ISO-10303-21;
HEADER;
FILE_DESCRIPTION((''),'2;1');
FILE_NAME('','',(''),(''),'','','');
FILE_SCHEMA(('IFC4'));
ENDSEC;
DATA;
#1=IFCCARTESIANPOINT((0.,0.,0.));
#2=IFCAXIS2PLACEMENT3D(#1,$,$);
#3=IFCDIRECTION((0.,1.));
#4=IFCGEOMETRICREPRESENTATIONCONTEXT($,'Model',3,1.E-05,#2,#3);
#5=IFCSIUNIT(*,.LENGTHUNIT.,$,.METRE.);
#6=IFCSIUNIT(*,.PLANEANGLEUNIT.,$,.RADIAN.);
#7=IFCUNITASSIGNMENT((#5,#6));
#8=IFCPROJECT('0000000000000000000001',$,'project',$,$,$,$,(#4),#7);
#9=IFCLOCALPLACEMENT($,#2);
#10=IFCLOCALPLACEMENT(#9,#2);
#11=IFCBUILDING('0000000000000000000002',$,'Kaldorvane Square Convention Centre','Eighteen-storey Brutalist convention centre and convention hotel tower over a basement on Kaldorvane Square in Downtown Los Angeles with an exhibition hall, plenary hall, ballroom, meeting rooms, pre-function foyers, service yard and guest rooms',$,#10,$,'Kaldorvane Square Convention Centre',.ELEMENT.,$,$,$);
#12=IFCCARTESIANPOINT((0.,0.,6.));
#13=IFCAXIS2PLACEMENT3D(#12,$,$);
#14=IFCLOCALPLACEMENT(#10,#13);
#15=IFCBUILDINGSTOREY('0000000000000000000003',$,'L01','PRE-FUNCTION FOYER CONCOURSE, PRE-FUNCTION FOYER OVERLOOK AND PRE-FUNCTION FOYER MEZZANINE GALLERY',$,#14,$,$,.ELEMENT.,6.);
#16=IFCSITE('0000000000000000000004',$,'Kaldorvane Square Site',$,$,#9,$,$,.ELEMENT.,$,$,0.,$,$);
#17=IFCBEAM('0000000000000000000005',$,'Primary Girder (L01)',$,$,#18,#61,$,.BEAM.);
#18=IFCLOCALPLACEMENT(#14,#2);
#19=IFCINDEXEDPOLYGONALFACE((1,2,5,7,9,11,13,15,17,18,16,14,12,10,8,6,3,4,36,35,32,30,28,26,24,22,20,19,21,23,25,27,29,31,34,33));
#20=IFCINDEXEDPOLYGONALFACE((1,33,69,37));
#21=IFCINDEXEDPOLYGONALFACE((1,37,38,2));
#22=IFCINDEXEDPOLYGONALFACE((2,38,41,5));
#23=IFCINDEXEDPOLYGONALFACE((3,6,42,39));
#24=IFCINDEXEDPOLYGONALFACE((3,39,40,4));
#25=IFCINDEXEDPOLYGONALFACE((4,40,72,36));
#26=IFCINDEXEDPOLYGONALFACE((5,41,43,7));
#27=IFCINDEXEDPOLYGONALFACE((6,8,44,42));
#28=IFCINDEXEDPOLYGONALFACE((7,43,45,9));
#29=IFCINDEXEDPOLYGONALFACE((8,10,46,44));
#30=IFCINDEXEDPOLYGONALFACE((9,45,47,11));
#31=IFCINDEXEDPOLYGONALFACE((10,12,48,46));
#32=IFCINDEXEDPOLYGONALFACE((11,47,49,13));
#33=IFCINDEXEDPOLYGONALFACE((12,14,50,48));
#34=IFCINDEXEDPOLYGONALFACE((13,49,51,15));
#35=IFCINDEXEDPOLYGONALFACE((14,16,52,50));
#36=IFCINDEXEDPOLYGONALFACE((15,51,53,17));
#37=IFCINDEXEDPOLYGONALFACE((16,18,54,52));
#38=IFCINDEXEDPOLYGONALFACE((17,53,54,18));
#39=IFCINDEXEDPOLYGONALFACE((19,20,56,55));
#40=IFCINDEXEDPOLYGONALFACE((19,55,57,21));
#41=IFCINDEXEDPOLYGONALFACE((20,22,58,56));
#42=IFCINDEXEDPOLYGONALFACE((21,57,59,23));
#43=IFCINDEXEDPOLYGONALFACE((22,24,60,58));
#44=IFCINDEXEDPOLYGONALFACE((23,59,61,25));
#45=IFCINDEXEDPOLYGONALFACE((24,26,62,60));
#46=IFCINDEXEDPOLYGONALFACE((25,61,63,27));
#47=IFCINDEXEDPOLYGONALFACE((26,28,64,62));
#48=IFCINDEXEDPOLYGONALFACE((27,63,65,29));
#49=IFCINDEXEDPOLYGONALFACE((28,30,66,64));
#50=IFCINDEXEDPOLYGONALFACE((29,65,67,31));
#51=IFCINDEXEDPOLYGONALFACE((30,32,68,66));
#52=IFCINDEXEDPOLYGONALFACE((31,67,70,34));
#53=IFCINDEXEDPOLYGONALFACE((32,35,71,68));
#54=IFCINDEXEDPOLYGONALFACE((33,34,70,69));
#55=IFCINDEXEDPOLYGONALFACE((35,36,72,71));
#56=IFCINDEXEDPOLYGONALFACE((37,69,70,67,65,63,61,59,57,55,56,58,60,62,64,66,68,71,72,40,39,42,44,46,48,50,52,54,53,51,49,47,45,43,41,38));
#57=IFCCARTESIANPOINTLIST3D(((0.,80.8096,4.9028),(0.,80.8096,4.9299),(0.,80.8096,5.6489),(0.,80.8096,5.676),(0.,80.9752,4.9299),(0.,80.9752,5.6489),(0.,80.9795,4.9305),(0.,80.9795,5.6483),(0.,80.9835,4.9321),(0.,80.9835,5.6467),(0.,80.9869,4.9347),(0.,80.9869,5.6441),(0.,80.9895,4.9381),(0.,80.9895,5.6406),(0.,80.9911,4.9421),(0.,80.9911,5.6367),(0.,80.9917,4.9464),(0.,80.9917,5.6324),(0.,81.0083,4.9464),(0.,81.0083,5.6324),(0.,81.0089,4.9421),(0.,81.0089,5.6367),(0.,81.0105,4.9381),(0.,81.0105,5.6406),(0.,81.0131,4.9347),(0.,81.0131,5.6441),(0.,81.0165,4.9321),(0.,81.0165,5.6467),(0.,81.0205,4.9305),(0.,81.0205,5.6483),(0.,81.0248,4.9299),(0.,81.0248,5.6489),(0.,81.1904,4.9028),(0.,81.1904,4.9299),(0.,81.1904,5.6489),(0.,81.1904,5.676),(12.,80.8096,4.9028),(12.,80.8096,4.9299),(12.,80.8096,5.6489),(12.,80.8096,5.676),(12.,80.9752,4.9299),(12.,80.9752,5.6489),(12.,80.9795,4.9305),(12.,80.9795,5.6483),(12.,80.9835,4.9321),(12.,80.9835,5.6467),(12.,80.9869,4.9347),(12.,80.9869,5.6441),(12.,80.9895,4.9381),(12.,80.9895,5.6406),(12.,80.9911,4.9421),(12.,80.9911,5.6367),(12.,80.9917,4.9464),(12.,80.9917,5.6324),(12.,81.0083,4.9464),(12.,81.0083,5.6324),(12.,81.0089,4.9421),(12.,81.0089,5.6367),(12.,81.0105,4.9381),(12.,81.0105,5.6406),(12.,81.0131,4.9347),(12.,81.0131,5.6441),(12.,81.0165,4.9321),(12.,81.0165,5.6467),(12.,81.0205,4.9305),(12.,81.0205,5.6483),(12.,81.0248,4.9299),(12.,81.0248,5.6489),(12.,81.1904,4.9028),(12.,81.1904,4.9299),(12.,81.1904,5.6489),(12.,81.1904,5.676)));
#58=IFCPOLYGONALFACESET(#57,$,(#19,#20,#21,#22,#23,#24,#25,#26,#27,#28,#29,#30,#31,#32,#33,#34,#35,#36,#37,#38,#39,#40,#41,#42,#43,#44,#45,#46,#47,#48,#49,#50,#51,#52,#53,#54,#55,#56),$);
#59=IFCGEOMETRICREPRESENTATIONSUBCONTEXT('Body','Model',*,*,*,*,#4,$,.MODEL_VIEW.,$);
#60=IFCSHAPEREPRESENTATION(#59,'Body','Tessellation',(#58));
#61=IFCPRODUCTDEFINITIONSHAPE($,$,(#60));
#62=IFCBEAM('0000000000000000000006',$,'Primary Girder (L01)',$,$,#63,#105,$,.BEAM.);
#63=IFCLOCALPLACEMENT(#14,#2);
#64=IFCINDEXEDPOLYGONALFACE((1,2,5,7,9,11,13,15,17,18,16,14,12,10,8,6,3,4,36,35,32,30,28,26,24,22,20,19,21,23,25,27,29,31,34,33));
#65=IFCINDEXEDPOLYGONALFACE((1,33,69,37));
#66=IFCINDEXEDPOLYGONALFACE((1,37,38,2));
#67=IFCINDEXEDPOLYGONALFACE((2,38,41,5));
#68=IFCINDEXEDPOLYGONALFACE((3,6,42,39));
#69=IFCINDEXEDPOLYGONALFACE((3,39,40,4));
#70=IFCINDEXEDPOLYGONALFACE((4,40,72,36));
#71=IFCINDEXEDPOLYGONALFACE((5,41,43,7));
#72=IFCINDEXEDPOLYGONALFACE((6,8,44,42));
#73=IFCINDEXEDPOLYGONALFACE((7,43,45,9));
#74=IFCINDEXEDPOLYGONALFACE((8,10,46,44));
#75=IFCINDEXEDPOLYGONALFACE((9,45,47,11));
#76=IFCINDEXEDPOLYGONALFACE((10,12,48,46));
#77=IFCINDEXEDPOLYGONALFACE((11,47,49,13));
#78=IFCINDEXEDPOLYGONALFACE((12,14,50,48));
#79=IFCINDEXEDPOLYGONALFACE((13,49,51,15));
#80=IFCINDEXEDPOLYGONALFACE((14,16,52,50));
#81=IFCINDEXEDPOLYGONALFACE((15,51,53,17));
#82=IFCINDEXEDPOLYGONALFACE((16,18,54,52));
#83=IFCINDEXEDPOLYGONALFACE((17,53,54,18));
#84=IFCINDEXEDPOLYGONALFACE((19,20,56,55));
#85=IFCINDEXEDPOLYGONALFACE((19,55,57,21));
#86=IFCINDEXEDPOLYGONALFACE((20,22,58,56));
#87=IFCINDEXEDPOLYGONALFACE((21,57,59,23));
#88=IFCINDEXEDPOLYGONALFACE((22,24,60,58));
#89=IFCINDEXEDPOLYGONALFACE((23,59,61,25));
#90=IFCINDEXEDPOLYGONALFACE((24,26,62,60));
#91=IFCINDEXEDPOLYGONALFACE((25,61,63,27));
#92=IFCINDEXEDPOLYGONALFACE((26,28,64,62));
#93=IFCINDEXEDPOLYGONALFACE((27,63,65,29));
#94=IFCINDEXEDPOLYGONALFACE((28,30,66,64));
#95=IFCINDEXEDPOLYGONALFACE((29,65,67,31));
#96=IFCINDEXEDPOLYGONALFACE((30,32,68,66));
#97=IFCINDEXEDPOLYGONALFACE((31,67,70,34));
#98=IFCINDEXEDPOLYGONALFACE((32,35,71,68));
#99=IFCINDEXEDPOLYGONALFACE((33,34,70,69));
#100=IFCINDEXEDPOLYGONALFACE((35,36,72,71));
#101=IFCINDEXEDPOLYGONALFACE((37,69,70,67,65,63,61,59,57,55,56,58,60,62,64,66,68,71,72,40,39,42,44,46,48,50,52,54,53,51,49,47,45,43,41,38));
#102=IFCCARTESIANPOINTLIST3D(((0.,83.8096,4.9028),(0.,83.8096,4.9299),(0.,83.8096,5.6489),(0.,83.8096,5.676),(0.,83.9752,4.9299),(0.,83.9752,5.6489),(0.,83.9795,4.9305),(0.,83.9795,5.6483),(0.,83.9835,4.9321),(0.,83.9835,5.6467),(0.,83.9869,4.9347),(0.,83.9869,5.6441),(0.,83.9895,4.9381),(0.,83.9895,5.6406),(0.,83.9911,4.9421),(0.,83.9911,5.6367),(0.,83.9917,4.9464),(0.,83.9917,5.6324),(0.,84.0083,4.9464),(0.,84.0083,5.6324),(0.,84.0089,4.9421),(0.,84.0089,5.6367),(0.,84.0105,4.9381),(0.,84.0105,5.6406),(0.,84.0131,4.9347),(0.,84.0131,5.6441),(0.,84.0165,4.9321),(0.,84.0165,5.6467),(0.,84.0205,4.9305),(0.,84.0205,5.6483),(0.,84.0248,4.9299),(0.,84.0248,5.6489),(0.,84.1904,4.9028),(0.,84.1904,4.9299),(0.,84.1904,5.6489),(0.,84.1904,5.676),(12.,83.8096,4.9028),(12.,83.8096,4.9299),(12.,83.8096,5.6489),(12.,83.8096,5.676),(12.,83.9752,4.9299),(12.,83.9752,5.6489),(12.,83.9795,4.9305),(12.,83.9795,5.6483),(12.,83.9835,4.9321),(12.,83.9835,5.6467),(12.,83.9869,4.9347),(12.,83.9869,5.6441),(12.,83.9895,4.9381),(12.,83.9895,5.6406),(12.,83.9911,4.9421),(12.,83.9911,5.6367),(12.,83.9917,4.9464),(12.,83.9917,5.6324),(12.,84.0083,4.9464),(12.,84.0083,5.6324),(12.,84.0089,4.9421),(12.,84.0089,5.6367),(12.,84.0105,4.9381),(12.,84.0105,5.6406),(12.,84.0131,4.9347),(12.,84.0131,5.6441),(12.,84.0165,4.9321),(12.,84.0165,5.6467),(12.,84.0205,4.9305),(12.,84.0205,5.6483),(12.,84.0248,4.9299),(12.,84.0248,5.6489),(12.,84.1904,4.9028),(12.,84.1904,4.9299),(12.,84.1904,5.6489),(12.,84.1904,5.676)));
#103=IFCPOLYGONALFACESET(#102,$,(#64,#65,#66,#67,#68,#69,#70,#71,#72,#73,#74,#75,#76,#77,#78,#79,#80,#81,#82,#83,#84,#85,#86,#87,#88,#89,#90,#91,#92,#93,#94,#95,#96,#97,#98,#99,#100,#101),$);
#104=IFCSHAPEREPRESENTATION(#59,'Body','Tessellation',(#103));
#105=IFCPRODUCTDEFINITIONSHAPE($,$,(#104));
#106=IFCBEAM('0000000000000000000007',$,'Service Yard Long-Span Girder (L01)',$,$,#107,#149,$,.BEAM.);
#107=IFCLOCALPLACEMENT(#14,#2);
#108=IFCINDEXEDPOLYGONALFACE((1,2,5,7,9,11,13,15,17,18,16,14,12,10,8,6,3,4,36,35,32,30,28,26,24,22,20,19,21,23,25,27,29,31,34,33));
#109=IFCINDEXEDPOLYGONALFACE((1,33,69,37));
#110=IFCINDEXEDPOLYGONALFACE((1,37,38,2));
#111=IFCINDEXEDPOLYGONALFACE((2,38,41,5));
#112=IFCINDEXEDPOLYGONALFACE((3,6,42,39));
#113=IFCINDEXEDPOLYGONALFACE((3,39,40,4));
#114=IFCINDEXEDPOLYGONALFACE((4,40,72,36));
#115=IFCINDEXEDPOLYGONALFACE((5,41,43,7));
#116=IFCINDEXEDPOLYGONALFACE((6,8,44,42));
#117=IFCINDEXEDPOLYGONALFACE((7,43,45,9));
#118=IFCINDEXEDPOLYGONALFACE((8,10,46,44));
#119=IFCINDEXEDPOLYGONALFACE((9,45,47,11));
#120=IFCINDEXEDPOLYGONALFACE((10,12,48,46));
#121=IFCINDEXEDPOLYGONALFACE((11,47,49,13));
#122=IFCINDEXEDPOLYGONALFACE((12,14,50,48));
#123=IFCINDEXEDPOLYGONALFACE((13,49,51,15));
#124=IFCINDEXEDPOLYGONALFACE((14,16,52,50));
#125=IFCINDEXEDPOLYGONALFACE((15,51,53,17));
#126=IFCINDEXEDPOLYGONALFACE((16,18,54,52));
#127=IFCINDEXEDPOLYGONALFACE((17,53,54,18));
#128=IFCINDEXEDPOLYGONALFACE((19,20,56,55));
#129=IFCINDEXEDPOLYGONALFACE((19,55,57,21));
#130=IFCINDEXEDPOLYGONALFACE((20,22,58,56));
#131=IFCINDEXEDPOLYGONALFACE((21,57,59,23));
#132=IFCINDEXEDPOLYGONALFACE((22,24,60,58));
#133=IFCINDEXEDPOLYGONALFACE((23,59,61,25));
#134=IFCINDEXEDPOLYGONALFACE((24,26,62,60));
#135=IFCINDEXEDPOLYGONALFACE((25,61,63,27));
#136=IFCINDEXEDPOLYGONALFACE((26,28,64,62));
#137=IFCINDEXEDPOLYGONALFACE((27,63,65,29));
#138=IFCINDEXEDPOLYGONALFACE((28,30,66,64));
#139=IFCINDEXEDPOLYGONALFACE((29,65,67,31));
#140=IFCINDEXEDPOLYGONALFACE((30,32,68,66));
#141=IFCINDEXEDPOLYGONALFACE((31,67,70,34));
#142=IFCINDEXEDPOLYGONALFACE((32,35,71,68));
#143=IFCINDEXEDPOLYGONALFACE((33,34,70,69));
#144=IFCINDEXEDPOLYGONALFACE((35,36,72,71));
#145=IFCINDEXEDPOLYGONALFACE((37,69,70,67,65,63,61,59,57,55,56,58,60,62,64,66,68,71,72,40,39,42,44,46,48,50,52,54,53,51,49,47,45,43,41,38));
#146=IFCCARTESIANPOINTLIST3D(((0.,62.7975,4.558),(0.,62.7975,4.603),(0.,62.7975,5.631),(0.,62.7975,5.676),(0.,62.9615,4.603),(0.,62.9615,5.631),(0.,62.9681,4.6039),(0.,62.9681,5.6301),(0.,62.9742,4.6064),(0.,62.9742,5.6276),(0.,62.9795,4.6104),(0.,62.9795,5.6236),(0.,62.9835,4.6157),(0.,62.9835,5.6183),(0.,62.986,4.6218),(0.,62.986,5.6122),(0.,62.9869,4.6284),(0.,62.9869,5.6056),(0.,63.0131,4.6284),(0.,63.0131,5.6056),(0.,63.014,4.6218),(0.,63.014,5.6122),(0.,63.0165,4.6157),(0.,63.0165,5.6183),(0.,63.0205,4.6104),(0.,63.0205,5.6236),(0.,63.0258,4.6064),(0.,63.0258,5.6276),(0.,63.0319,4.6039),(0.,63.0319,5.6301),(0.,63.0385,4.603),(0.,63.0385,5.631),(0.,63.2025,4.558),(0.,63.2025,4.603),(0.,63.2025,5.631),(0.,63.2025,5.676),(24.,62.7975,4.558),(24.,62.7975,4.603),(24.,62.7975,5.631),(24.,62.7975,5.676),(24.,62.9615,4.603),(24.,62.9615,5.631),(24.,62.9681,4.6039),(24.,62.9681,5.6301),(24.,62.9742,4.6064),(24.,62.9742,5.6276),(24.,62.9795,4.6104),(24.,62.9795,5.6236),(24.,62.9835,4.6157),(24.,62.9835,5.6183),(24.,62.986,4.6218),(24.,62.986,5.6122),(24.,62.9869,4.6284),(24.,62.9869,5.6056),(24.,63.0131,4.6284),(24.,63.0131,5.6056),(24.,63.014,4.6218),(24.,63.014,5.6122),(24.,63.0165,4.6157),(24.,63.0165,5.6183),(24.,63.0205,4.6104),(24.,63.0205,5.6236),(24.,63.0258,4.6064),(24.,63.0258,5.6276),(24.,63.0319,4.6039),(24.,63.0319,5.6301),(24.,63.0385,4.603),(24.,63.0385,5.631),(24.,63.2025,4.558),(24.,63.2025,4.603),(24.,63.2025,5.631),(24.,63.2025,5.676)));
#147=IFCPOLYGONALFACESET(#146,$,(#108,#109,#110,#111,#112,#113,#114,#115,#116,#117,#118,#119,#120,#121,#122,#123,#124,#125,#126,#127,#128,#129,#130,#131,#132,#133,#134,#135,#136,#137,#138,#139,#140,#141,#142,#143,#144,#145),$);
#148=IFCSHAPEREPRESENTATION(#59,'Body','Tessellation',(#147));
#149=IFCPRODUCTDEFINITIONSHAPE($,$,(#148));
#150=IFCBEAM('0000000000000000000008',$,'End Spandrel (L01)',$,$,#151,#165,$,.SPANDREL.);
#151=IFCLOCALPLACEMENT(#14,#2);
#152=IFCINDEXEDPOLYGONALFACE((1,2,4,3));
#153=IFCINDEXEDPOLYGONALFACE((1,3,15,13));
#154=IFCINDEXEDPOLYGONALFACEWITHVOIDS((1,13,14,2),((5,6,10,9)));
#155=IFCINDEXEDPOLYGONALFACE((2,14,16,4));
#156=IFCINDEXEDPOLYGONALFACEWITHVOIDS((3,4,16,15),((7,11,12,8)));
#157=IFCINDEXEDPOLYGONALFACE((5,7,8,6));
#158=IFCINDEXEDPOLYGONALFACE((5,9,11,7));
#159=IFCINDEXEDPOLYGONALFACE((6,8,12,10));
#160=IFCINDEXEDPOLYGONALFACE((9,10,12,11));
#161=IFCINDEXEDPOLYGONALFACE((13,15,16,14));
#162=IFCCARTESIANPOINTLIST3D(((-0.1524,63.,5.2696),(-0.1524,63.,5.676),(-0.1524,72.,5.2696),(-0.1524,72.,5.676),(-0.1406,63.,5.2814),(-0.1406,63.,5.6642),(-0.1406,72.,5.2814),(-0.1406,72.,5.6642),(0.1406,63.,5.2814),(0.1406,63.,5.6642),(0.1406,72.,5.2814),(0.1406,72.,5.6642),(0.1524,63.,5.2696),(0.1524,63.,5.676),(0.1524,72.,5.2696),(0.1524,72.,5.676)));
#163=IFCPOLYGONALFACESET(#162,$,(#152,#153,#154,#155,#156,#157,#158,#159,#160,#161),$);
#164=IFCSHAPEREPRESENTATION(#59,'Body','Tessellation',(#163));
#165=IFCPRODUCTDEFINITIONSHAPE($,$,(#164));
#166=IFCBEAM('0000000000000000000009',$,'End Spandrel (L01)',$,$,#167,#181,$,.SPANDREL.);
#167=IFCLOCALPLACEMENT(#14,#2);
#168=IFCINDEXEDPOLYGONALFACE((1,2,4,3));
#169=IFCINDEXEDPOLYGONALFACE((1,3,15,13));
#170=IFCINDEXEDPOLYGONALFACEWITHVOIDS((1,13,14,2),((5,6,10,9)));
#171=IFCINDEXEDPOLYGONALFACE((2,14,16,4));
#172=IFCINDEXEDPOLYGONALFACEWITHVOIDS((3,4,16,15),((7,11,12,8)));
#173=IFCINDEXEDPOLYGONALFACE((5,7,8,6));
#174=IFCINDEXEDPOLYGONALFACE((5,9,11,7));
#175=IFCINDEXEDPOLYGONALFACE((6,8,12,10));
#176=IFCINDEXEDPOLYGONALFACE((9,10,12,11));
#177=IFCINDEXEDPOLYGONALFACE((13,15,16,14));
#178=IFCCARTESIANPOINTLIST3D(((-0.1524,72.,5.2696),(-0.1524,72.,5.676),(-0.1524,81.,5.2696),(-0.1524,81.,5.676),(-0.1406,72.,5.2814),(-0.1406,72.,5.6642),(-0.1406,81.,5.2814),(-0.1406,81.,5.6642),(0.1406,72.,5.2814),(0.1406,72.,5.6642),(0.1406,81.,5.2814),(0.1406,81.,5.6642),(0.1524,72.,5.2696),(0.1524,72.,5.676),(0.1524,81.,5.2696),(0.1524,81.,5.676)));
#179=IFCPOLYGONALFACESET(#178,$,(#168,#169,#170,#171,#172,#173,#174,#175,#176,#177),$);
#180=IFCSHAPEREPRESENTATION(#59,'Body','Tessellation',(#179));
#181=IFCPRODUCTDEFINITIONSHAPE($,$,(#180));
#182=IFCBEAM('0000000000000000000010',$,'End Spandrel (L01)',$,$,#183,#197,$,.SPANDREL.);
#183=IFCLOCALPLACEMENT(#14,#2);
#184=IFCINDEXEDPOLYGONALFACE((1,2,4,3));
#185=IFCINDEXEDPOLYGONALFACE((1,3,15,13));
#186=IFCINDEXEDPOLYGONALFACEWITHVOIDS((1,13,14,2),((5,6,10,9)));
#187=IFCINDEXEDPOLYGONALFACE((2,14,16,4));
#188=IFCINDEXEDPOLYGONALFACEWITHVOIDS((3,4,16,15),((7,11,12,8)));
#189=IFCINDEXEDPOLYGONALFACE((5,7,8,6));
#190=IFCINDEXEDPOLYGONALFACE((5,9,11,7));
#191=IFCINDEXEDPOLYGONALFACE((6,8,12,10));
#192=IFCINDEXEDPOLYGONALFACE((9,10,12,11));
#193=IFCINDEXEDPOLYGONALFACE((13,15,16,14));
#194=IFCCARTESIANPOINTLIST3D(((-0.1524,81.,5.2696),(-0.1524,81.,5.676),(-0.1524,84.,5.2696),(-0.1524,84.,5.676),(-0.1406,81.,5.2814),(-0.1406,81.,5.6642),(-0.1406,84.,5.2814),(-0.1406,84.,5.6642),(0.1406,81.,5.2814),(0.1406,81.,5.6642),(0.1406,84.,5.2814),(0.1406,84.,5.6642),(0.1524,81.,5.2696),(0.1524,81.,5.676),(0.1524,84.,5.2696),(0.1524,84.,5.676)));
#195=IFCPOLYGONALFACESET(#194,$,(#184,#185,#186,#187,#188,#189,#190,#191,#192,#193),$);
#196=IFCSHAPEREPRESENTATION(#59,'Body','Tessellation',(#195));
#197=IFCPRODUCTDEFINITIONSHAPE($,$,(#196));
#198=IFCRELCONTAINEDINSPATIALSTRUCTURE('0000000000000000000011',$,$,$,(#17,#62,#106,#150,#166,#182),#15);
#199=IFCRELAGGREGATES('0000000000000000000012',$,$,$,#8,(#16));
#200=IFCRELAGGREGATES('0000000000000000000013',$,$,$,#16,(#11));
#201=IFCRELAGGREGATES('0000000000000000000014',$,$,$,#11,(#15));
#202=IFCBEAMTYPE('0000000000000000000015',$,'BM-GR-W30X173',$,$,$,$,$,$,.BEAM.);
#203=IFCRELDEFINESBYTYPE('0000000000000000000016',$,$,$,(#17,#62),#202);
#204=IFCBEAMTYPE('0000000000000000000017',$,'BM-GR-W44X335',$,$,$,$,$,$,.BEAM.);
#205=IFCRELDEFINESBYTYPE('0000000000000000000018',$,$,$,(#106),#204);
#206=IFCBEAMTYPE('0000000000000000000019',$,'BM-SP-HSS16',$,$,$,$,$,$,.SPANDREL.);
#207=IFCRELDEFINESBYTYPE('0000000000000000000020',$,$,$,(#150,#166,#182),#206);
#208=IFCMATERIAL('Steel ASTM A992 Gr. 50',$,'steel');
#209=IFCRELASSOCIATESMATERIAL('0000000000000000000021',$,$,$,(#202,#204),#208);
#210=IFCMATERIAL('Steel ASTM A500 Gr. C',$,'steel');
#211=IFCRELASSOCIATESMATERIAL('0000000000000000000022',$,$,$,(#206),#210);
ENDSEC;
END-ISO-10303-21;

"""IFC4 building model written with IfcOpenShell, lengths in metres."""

from ifc_helpers import new_model, si_unit, direction, frame, origin, origin_2d, place, context, subcontext, project, spatial, hollow_rectangle, i_section, extrude, material, material_profile, profile_set, type_object, element, save


model = new_model("IFC4")

# Units and contexts
model_context = context("Model", 3, precision=1e-05, world=origin(), true_north=direction((0.0, 1.0)))
body_context = subcontext(model_context, "Body", "Model", "MODEL_VIEW")
ifc_project = project(units=[si_unit("LENGTHUNIT", "METRE"), si_unit("PLANEANGLEUNIT", "RADIAN")], contexts=[model_context])

# Site, building, storey
site_placement = place(None, origin())
site = spatial("IfcSite", under=ifc_project, at=site_placement, Name="Kaldorvane Square Site", CompositionType="ELEMENT", RefElevation=0.0)
building_placement = place(site_placement, origin())
building = spatial("IfcBuilding", under=site, at=building_placement, Name="Kaldorvane Square Convention Centre", Description="Eighteen-storey Brutalist convention centre and convention hotel tower over a basement on Kaldorvane Square in Downtown Los Angeles with an exhibition hall, plenary hall, ballroom, meeting rooms, pre-function foyers, service yard and guest rooms", LongName="Kaldorvane Square Convention Centre", CompositionType="ELEMENT")
storey_placement = place(building_placement, frame((0.0, 0.0, 6.0)))
storey = spatial("IfcBuildingStorey", under=building, at=storey_placement, Name="L01", Description="PRE-FUNCTION FOYER CONCOURSE, PRE-FUNCTION FOYER OVERLOOK AND PRE-FUNCTION FOYER MEZZANINE GALLERY", CompositionType="ELEMENT", Elevation=6.0)

# Shared definitions
ifc_material_1 = material(Name="Steel ASTM A500 Gr. C", Category="steel")
ifc_material_2 = material(Name="Steel ASTM A992 Gr. 50", Category="steel")

# Beams
ifc_material_profile_1 = material_profile(ifc_material_2, i_section(OverallWidth=0.3807, OverallDepth=0.7732, WebThickness=0.0166, FlangeThickness=0.0271, FilletRadius=0.0165, at=origin_2d()), Name="W30X173")
ifc_profile_set_1 = profile_set([ifc_material_profile_1], Name="Steel ASTM A992 Gr. 50")
beam_type_1 = type_object("IfcBeamType", Name="BM-GR-W30X173", PredefinedType="BEAM", material=ifc_profile_set_1)
for number, where, z_axis, x_axis, name in (
    (1, (0.0, 81.0, 5.2894), (1.0, 0.0, 0.0), (0.0, 1.0, 0.0), "Primary Girder (L01)"),
    (2, (0.0, 84.0, 5.2894), (1.0, 0.0, 0.0), (0.0, 1.0, 0.0), "Primary Girder (L01)"),
):
    element("IfcBeam", number, at=place(storey_placement, frame(where, z_axis=z_axis, x_axis=x_axis)), inside=storey, type_object=beam_type_1, Name=name, PredefinedType="BEAM", context=body_context, shape_type="SweptSolid", body=[
        extrude(i_section(OverallWidth=0.3807, OverallDepth=0.7732, WebThickness=0.0166, FlangeThickness=0.0271, FilletRadius=0.0165, at=origin_2d()), origin(), (0.0, 0.0, 1.0), 12.0),
    ])
ifc_material_profile_2 = material_profile(ifc_material_2, i_section(OverallWidth=0.405, OverallDepth=1.118, WebThickness=0.0262, FlangeThickness=0.045, FilletRadius=0.0254, at=origin_2d()), Name="W44X335")
ifc_profile_set_2 = profile_set([ifc_material_profile_2], Name="Steel ASTM A992 Gr. 50")
beam_type_2 = type_object("IfcBeamType", Name="BM-GR-W44X335", PredefinedType="BEAM", material=ifc_profile_set_2)
beam_1_placement = place(storey_placement, frame((0.0, 63.0, 5.117), z_axis=(1.0, 0.0, 0.0), x_axis=(0.0, 1.0, 0.0)))
element("IfcBeam", 3, at=beam_1_placement, inside=storey, type_object=beam_type_2, Name="Service Yard Long-Span Girder (L01)", PredefinedType="BEAM", context=body_context, shape_type="SweptSolid", body=[
    extrude(i_section(OverallWidth=0.405, OverallDepth=1.118, WebThickness=0.0262, FlangeThickness=0.045, FilletRadius=0.0254, at=origin_2d()), origin(), (0.0, 0.0, 1.0), 24.0),
])
ifc_material_profile_3 = material_profile(ifc_material_1, hollow_rectangle(XDim=0.3048, YDim=0.4064, WallThickness=0.0118, at=origin_2d()), Name="HSS16X12X1/2")
ifc_profile_set_3 = profile_set([ifc_material_profile_3], Name="Steel ASTM A500 Gr. C")
beam_type_3 = type_object("IfcBeamType", Name="BM-SP-HSS16", PredefinedType="SPANDREL", material=ifc_profile_set_3)
for number, where, z_axis, x_axis, name in (
    (4, (0.0, 63.0, 5.4728), (0.0, 1.0, 0.0), (-1.0, 0.0, 0.0), "End Spandrel (L01)"),
    (5, (0.0, 72.0, 5.4728), (0.0, 1.0, 0.0), (-1.0, 0.0, 0.0), "End Spandrel (L01)"),
):
    element("IfcBeam", number, at=place(storey_placement, frame(where, z_axis=z_axis, x_axis=x_axis)), inside=storey, type_object=beam_type_3, Name=name, PredefinedType="SPANDREL", context=body_context, shape_type="SweptSolid", body=[
        extrude(hollow_rectangle(XDim=0.3048, YDim=0.4064, WallThickness=0.0118, at=origin_2d()), origin(), (0.0, 0.0, 1.0), 9.0),
    ])
beam_2_placement = place(storey_placement, frame((0.0, 81.0, 5.4728), z_axis=(0.0, 1.0, 0.0), x_axis=(-1.0, 0.0, 0.0)))
element("IfcBeam", 6, at=beam_2_placement, inside=storey, type_object=beam_type_3, Name="End Spandrel (L01)", PredefinedType="SPANDREL", context=body_context, shape_type="SweptSolid", body=[
    extrude(hollow_rectangle(XDim=0.3048, YDim=0.4064, WallThickness=0.0118, at=origin_2d()), origin(), (0.0, 0.0, 1.0), 3.0),
])

save(model, "model.ifc")
